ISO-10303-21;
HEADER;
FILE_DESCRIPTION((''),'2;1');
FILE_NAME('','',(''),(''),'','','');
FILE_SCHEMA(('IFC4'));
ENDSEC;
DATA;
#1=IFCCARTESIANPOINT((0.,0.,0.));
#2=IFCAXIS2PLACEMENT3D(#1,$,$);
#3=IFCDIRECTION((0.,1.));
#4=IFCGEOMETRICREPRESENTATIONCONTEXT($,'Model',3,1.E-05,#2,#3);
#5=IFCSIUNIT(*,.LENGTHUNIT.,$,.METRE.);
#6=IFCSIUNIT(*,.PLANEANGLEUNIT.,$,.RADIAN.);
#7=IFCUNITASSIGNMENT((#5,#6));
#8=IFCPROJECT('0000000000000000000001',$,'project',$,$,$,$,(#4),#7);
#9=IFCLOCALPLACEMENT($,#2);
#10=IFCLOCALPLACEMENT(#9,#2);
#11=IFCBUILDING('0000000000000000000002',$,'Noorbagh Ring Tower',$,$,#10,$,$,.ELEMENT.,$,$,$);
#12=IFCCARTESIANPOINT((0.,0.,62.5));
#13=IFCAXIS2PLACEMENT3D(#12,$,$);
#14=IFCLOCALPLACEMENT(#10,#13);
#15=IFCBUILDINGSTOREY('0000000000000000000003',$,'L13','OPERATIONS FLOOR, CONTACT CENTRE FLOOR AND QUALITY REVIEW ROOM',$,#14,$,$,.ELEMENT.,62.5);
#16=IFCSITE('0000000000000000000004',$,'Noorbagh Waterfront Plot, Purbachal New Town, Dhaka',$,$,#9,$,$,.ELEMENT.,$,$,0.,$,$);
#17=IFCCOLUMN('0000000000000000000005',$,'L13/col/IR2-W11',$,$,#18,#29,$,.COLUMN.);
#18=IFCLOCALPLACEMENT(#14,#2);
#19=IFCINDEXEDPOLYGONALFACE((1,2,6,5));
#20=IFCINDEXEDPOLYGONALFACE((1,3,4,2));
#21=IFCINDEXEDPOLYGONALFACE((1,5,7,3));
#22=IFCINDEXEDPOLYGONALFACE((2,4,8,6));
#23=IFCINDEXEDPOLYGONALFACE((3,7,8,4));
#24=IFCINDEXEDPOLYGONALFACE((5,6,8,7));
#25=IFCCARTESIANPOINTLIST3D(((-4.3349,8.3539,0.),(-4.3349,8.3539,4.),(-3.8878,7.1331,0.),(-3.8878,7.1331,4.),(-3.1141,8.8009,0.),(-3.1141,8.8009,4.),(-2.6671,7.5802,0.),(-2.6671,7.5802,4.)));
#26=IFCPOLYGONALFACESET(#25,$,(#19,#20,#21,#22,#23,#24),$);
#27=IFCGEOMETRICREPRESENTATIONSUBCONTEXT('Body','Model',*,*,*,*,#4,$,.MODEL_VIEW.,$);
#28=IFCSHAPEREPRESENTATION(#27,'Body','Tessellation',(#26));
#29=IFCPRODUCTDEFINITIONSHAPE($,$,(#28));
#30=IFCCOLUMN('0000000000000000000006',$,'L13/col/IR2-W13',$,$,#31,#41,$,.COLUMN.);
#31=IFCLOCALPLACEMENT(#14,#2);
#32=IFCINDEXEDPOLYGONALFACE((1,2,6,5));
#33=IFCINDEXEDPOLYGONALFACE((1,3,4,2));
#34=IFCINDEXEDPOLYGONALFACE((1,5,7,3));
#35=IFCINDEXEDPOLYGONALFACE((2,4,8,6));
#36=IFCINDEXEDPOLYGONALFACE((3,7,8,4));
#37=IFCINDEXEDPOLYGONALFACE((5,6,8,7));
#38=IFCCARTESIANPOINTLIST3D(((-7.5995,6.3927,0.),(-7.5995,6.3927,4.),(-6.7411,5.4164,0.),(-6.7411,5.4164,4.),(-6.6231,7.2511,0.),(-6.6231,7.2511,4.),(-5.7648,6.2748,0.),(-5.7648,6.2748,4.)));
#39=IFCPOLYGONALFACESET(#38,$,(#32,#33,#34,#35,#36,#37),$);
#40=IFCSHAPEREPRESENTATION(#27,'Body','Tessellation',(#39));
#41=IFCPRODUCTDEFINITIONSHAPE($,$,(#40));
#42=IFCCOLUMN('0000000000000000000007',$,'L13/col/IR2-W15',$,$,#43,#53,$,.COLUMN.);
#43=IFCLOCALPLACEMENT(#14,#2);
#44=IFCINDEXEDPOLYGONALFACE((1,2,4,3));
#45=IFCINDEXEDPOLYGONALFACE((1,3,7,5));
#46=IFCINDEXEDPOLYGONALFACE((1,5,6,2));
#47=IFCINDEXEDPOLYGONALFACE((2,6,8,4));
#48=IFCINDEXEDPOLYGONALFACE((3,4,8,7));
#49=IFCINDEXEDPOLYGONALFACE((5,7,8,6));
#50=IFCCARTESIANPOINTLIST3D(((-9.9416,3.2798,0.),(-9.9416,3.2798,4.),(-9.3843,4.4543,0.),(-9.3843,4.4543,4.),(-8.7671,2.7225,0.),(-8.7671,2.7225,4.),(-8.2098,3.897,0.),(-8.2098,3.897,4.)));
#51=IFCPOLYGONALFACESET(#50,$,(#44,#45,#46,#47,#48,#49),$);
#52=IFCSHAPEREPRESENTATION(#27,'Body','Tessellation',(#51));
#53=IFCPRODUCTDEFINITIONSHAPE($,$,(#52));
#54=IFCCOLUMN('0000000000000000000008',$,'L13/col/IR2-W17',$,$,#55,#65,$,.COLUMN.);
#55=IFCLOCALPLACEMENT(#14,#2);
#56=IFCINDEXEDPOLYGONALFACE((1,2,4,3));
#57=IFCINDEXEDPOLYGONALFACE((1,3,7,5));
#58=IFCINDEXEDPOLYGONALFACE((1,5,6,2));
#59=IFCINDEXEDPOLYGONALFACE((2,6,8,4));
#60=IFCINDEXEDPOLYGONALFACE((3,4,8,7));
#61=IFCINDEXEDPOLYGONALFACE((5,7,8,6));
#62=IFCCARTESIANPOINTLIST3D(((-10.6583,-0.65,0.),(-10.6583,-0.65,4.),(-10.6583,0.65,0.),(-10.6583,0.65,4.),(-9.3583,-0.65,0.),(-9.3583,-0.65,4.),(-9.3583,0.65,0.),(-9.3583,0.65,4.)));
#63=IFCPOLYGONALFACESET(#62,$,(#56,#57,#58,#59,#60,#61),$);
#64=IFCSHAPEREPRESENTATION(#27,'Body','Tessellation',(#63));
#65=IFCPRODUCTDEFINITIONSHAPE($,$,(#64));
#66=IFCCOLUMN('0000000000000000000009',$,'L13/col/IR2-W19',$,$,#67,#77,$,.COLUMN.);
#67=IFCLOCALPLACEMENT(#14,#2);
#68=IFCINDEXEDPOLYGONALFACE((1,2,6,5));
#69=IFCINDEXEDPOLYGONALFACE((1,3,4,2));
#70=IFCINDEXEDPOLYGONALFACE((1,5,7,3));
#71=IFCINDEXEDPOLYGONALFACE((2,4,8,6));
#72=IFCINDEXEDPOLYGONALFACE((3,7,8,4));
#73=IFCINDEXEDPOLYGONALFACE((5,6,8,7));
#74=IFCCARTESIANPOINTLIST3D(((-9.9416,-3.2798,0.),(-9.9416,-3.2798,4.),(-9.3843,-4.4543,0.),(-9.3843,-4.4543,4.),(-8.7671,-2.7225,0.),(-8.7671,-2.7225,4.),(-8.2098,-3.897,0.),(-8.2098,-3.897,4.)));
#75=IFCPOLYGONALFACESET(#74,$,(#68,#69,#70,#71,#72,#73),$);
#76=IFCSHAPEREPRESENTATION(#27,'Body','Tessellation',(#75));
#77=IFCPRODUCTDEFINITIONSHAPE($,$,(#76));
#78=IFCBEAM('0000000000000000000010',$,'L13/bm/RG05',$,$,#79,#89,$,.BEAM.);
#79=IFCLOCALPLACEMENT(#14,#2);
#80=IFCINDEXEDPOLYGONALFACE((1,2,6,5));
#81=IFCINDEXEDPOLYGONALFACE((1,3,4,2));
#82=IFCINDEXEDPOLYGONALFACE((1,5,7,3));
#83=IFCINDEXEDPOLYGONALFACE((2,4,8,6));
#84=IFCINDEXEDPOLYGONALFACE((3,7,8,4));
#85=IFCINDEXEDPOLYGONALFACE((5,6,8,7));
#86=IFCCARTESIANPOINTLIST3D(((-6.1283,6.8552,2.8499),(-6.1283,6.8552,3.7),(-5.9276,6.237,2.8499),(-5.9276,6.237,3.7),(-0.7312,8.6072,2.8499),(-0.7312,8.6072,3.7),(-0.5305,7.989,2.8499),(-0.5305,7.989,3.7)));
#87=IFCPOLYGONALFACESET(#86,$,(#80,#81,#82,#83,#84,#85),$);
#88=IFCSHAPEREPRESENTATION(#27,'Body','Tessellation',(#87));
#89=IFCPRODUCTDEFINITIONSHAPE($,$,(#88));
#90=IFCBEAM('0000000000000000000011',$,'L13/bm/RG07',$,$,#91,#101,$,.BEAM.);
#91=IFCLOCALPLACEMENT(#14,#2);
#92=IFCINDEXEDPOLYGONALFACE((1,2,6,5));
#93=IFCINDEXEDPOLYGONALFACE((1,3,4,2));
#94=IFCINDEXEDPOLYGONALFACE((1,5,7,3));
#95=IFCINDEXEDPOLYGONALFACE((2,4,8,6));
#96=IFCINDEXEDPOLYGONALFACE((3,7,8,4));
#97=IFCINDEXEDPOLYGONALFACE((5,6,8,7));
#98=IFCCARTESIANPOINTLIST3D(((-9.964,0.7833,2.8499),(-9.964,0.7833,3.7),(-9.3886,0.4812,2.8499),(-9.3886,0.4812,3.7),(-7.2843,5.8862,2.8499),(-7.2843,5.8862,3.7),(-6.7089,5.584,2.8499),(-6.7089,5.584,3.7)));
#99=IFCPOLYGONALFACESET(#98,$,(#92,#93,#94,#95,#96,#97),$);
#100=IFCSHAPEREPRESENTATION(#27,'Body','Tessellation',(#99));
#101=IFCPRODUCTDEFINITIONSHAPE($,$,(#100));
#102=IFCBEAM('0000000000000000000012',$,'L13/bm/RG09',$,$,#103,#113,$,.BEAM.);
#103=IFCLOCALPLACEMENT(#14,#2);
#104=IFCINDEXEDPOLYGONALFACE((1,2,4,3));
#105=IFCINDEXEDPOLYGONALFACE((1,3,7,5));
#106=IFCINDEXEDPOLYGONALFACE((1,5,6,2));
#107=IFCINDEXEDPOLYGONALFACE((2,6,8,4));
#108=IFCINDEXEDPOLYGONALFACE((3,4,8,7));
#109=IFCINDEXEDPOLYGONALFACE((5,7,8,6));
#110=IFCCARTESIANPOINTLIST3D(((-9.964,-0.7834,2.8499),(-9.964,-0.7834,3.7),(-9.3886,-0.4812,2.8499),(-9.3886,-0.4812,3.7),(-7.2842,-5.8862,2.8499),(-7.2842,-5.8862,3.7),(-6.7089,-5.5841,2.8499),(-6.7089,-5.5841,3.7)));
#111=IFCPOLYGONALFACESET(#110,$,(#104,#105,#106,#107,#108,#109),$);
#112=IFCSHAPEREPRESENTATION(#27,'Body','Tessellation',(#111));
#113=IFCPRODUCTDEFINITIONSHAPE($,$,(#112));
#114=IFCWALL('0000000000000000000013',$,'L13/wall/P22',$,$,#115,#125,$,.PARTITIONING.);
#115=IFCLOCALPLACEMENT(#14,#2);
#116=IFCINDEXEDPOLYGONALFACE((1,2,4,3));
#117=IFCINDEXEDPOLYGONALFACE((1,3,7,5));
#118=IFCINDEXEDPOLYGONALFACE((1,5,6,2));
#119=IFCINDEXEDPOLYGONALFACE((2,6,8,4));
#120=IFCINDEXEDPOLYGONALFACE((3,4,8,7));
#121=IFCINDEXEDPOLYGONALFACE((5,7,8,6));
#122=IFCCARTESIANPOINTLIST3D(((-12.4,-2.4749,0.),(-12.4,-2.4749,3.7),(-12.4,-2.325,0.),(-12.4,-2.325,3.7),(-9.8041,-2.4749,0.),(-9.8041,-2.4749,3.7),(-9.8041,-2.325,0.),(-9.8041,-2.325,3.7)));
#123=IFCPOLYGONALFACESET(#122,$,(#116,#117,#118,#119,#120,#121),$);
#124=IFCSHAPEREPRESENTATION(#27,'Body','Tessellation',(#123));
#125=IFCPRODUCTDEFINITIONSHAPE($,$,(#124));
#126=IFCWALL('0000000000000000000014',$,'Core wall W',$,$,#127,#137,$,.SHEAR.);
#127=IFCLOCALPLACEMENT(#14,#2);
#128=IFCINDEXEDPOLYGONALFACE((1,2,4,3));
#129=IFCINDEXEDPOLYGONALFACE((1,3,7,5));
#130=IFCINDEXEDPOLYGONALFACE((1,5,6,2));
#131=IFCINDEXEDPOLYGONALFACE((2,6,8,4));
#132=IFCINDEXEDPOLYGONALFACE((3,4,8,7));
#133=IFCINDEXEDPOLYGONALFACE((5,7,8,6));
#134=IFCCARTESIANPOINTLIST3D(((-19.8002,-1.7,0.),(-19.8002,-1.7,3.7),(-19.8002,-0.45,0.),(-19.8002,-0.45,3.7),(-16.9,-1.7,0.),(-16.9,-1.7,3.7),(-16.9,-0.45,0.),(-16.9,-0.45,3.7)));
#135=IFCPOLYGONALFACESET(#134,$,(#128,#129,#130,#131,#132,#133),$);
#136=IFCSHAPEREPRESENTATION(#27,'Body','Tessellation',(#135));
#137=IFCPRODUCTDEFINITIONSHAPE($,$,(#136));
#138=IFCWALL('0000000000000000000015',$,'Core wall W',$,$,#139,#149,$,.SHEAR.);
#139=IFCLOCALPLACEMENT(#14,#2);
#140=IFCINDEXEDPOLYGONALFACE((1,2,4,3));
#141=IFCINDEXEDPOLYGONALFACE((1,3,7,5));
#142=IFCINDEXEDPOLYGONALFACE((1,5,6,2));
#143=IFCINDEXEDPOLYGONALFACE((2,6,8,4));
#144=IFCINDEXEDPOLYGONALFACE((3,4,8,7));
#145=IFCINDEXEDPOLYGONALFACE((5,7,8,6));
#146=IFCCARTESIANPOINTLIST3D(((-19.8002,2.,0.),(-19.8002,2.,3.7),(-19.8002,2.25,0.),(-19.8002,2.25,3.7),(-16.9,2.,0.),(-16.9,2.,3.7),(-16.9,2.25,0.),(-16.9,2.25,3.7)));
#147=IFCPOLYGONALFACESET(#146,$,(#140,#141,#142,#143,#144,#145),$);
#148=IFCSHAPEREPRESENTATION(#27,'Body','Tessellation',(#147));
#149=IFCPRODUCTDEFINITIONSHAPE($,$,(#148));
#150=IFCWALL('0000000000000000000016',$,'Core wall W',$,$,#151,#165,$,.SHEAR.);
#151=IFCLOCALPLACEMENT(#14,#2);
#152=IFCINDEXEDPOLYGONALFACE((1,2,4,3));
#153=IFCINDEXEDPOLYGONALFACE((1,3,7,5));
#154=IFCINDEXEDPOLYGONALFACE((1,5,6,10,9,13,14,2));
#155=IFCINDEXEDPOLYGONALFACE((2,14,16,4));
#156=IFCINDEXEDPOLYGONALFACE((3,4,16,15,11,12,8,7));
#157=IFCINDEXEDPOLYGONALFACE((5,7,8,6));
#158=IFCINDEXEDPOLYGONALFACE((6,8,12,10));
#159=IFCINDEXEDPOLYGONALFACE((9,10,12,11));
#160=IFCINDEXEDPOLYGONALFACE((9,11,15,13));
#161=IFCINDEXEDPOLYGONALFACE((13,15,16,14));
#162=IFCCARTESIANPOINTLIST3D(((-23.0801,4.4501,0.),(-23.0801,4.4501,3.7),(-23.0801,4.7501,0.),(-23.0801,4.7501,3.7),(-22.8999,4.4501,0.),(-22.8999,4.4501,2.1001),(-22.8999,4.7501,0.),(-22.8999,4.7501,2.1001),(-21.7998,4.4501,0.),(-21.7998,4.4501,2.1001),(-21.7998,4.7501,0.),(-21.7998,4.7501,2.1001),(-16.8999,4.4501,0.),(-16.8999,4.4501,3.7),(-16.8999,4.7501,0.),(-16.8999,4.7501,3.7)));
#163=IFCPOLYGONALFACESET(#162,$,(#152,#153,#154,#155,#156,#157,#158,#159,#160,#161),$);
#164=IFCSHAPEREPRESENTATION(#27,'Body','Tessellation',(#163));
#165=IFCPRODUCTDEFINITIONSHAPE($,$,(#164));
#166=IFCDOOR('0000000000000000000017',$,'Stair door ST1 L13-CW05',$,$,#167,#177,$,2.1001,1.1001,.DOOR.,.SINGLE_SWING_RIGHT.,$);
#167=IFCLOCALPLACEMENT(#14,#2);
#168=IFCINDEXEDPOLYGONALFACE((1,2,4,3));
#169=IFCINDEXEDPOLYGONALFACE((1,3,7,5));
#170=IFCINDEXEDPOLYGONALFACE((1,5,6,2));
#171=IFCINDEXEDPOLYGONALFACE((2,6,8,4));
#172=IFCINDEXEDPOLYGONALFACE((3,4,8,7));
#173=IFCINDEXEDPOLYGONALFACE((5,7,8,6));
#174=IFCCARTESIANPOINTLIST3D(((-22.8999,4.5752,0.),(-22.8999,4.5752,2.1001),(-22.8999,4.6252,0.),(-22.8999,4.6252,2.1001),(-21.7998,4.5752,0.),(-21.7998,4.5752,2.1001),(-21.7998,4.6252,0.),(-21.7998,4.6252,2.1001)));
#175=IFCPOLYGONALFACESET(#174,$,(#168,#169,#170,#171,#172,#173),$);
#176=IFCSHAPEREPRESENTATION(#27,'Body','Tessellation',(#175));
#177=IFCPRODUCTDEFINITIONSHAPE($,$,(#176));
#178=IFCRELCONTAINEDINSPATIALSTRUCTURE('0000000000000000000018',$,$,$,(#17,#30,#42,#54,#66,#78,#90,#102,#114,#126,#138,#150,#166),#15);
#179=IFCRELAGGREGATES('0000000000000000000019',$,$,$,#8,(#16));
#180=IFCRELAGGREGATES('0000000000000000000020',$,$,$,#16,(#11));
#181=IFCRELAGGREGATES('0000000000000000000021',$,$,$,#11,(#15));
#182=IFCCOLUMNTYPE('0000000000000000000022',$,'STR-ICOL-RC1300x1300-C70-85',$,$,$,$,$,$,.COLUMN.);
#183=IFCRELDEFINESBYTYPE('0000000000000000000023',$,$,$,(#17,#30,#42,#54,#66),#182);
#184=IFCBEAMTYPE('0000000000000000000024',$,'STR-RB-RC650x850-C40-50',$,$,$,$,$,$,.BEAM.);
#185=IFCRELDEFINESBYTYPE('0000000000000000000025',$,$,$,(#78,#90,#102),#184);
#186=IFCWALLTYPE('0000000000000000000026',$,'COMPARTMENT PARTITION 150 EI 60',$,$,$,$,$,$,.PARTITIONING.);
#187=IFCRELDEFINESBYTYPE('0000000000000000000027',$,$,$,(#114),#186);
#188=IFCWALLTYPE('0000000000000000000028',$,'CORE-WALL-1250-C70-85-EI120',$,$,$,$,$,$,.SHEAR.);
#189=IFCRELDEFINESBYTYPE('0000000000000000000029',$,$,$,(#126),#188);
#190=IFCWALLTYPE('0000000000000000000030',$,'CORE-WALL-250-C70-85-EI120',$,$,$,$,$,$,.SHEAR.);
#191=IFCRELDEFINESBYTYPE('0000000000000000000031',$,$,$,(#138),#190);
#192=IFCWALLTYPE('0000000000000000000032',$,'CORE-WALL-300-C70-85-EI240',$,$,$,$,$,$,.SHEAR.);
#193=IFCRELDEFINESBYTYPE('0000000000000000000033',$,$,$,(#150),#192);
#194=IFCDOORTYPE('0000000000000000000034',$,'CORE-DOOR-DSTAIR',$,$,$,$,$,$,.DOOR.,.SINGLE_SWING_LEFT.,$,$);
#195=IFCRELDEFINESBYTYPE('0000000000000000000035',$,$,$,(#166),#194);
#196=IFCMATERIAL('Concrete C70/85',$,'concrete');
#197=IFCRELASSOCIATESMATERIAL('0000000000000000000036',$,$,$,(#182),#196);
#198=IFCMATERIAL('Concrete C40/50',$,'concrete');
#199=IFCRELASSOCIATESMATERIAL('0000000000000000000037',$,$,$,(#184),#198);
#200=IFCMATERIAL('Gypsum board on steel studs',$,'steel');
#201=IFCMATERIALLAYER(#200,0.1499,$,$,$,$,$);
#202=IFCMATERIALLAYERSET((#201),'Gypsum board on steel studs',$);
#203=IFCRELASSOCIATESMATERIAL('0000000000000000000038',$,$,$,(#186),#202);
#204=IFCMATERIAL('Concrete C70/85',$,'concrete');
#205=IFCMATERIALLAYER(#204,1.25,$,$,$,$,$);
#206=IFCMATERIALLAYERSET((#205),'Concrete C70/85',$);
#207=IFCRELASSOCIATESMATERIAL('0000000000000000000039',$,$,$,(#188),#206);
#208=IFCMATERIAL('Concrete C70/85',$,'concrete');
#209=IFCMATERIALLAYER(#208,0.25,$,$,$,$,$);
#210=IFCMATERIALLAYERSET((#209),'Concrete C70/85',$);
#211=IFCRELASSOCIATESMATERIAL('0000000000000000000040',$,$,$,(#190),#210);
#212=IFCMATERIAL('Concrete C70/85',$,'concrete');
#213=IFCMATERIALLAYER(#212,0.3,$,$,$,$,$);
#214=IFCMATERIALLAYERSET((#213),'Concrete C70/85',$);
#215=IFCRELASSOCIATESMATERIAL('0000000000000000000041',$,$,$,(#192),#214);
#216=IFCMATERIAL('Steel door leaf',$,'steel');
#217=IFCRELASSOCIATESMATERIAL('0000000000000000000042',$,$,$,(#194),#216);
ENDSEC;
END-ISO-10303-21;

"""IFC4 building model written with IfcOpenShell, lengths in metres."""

from ifc_helpers import new_model, si_unit, direction, frame, frame_2d, origin, origin_2d, place, context, subcontext, project, spatial, rectangle, extrude, material, layer, layer_set, material_profile, profile_set, type_object, element, fill, save


model = new_model("IFC4")

# Units and contexts
model_context = context("Model", 3, precision=1e-05, world=origin(), true_north=direction((0.0, 1.0)))
body_context = subcontext(model_context, "Body", "Model", "MODEL_VIEW")
ifc_project = project(units=[si_unit("LENGTHUNIT", "METRE"), si_unit("PLANEANGLEUNIT", "RADIAN")], contexts=[model_context])

# Site, building, storey
site_placement = place(None, origin())
site = spatial("IfcSite", under=ifc_project, at=site_placement, Name="Noorbagh Waterfront Plot, Purbachal New Town, Dhaka", CompositionType="ELEMENT", RefElevation=0.0)
building_placement = place(site_placement, origin())
building = spatial("IfcBuilding", under=site, at=building_placement, Name="Noorbagh Ring Tower", CompositionType="ELEMENT")
storey_placement = place(building_placement, frame((0.0, 0.0, 62.5)))
storey = spatial("IfcBuildingStorey", under=building, at=storey_placement, Name="L13", Description="OPERATIONS FLOOR, CONTACT CENTRE FLOOR AND QUALITY REVIEW ROOM", CompositionType="ELEMENT", Elevation=62.5)

# Columns
ifc_material_1 = material(Name="Concrete C70/85", Category="concrete")
ifc_material_profile_1 = material_profile(ifc_material_1, rectangle(XDim=1.3, YDim=1.3, at=origin_2d()), Name="RC1300x1300")
ifc_profile_set_1 = profile_set([ifc_material_profile_1], Name="Concrete C70/85")
column_type = type_object("IfcColumnType", Name="STR-ICOL-RC1300x1300-C70-85", PredefinedType="COLUMN", material=ifc_profile_set_1)
for number, where, z_axis, x_axis, name in (
    (1, (-3.501, 7.967, 0.0), (0.0, 0.0, 1.0), (-0.93902, -0.343864, 0.0), "L13/col/IR2-W11"),
    (2, (-6.6821, 6.3337, 0.0), (0.0, 0.0, 1.0), (-0.751022, -0.660277, 0.0), "L13/col/IR2-W13"),
    (3, (-9.0757, 3.5884, 0.0), (0.0, 0.0, 1.0), (-0.428667, -0.903463, 0.0), "L13/col/IR2-W15"),
    (4, (-10.0083, 0.0, 0.0), (0.0, 0.0, 1.0), (0.0, -1.0, 0.0), "L13/col/IR2-W17"),
    (5, (-9.0757, -3.5884, 0.0), (0.0, 0.0, 1.0), (0.428667, -0.903463, 0.0), "L13/col/IR2-W19"),
):
    element("IfcColumn", number, at=place(storey_placement, frame(where, z_axis=z_axis, x_axis=x_axis)), inside=storey, type_object=column_type, Name=name, PredefinedType="COLUMN", context=body_context, shape_type="SweptSolid", body=[
        extrude(rectangle(XDim=1.3, YDim=1.3, at=origin_2d()), origin(), (0.0, 0.0, 1.0), 4.0),
    ])

# Beams
ifc_material_2 = material(Name="Concrete C40/50", Category="concrete")
ifc_material_profile_2 = material_profile(ifc_material_2, rectangle(XDim=0.6499, YDim=0.8501, at=origin_2d()), Name="RC650x850")
ifc_profile_set_2 = profile_set([ifc_material_profile_2], Name="Concrete C40/50")
beam_type = type_object("IfcBeamType", Name="STR-RB-RC650x850-C40-50", PredefinedType="BEAM", material=ifc_profile_set_2)
beam_placement = place(storey_placement, frame((-0.6309, 8.2981, 3.2749), z_axis=(-0.951141, -0.308757, 0.0), x_axis=(0.308757, -0.951141, 0.0)))
element("IfcBeam", 6, at=beam_placement, inside=storey, type_object=beam_type, Name="L13/bm/RG05", PredefinedType="BEAM", context=body_context, shape_type="SweptSolid", body=[
    extrude(rectangle(XDim=0.6499, YDim=0.8501, at=origin_2d()), origin(), (0.0, 0.0, 1.0), 5.6743),
])
for number, where, z_axis, x_axis, name in (
    (7, (-6.9966, 5.7351, 3.2749), (-0.464933, -0.885346, 0.0), (0.885346, -0.464933, 0.0), "L13/bm/RG07"),
    (8, (-9.6763, -0.6323, 3.2749), (0.464933, -0.885346, 0.0), (0.885346, 0.464933, 0.0), "L13/bm/RG09"),
):
    element("IfcBeam", number, at=place(storey_placement, frame(where, z_axis=z_axis, x_axis=x_axis)), inside=storey, type_object=beam_type, Name=name, PredefinedType="BEAM", context=body_context, shape_type="SweptSolid", body=[
        extrude(rectangle(XDim=0.6499, YDim=0.8501, at=origin_2d()), origin(), (0.0, 0.0, 1.0), 5.7637),
    ])

# Walls
ifc_material_3 = material(Name="Gypsum board on steel studs", Category="steel")
ifc_layer_1 = layer(ifc_material_3, 0.1499)
ifc_layer_set_1 = layer_set([ifc_layer_1], Name="Gypsum board on steel studs")
wall_type_1 = type_object("IfcWallType", Name="COMPARTMENT PARTITION 150 EI 60", PredefinedType="PARTITIONING", material=ifc_layer_set_1)
wall_1_placement = place(storey_placement, frame((-12.3999, -2.3999, 0.0), z_axis=(0.0, 0.0, 1.0), x_axis=(1.0, 0.0, 0.0)))
element("IfcWall", 9, at=wall_1_placement, inside=storey, type_object=wall_type_1, Name="L13/wall/P22", PredefinedType="PARTITIONING", context=body_context, shape_type="SweptSolid", body=[
    extrude(rectangle(XDim=2.5959, YDim=0.1499, at=frame_2d((1.2979, 0.0))), origin(), (0.0, 0.0, 1.0), 3.7),
])
ifc_material_4 = material(Name="Concrete C70/85", Category="concrete")
ifc_layer_2 = layer(ifc_material_4, 1.25)
ifc_layer_set_2 = layer_set([ifc_layer_2], Name="Concrete C70/85")
wall_type_2 = type_object("IfcWallType", Name="CORE-WALL-1250-C70-85-EI120", PredefinedType="SHEAR", material=ifc_layer_set_2)
wall_2_placement = place(storey_placement, frame((-16.8999, -1.075, 0.0), z_axis=(0.0, 0.0, 1.0), x_axis=(-1.0, 0.0, 0.0)))
element("IfcWall", 10, at=wall_2_placement, inside=storey, type_object=wall_type_2, Name="Core wall W", PredefinedType="SHEAR", context=body_context, shape_type="SweptSolid", body=[
    extrude(rectangle(XDim=2.9001, YDim=1.25, at=frame_2d((1.4502, 0.0))), origin(), (0.0, 0.0, 1.0), 3.7),
])
ifc_material_5 = material(Name="Concrete C70/85", Category="concrete")
ifc_layer_3 = layer(ifc_material_5, 0.25)
ifc_layer_set_3 = layer_set([ifc_layer_3], Name="Concrete C70/85")
wall_type_3 = type_object("IfcWallType", Name="CORE-WALL-250-C70-85-EI120", PredefinedType="SHEAR", material=ifc_layer_set_3)
wall_3_placement = place(storey_placement, frame((-16.8999, 2.125, 0.0), z_axis=(0.0, 0.0, 1.0), x_axis=(-1.0, 0.0, 0.0)))
element("IfcWall", 11, at=wall_3_placement, inside=storey, type_object=wall_type_3, Name="Core wall W", PredefinedType="SHEAR", context=body_context, shape_type="SweptSolid", body=[
    extrude(rectangle(XDim=2.9001, YDim=0.25, at=frame_2d((1.4502, 0.0))), origin(), (0.0, 0.0, 1.0), 3.7),
])

# Wall, opening, door
ifc_material_6 = material(Name="Concrete C70/85", Category="concrete")
ifc_layer_4 = layer(ifc_material_6, 0.3)
ifc_layer_set_4 = layer_set([ifc_layer_4], Name="Concrete C70/85")
wall_type_4 = type_object("IfcWallType", Name="CORE-WALL-300-C70-85-EI240", PredefinedType="SHEAR", material=ifc_layer_set_4)
wall_4_placement = place(storey_placement, frame((-16.8999, 4.6001, 0.0), z_axis=(0.0, 0.0, 1.0), x_axis=(-1.0, 0.0, 0.0)))
wall_4 = element("IfcWall", 12, at=wall_4_placement, inside=storey, type_object=wall_type_4, Name="Core wall W", PredefinedType="SHEAR", context=body_context, shape_type="SweptSolid", body=[
    extrude(rectangle(XDim=6.1802, YDim=0.3, at=frame_2d((3.0901, 0.0))), origin(), (0.0, 0.0, 1.0), 3.7),
])
opening_1_placement = place(wall_4_placement, frame((4.8999, 0.0, 0.0)))
opening_1 = element("IfcOpeningElement", 13, at=opening_1_placement, cuts=wall_4, PredefinedType="OPENING", context=body_context, shape_type="SweptSolid", body=[
    extrude(rectangle(XDim=1.1001, YDim=2.1001, at=frame_2d((0.55, 1.05))), frame((0.0, 0.1602, 0.0), z_axis=(0.0, -1.0, 0.0), x_axis=(1.0, 0.0, 0.0)), (0.0, 0.0, 1.0), 0.3201),
])
ifc_material_7 = material(Name="Steel door leaf", Category="steel")
door_type_1 = type_object("IfcDoorType", Name="CORE-DOOR-DSTAIR", OperationType="SINGLE_SWING_LEFT", PredefinedType="DOOR", material=ifc_material_7)
door_1_placement = place(opening_1_placement, origin())
door_1 = element("IfcDoor", 14, at=door_1_placement, inside=storey, type_object=door_type_1, Name="Stair door ST1 L13-CW05", OperationType="SINGLE_SWING_RIGHT", OverallHeight=2.1001, OverallWidth=1.1001, PredefinedType="DOOR", context=body_context, shape_type="SweptSolid", body=[
    extrude(rectangle(XDim=1.1001, YDim=2.1001, at=frame_2d((0.55, 1.05))), frame((0.0, 0.0249, 0.0), z_axis=(0.0, -1.0, 0.0), x_axis=(1.0, 0.0, 0.0)), (0.0, 0.0, 1.0), 0.05),
])
fill(opening_1, door_1)

save(model, "model.ifc")
